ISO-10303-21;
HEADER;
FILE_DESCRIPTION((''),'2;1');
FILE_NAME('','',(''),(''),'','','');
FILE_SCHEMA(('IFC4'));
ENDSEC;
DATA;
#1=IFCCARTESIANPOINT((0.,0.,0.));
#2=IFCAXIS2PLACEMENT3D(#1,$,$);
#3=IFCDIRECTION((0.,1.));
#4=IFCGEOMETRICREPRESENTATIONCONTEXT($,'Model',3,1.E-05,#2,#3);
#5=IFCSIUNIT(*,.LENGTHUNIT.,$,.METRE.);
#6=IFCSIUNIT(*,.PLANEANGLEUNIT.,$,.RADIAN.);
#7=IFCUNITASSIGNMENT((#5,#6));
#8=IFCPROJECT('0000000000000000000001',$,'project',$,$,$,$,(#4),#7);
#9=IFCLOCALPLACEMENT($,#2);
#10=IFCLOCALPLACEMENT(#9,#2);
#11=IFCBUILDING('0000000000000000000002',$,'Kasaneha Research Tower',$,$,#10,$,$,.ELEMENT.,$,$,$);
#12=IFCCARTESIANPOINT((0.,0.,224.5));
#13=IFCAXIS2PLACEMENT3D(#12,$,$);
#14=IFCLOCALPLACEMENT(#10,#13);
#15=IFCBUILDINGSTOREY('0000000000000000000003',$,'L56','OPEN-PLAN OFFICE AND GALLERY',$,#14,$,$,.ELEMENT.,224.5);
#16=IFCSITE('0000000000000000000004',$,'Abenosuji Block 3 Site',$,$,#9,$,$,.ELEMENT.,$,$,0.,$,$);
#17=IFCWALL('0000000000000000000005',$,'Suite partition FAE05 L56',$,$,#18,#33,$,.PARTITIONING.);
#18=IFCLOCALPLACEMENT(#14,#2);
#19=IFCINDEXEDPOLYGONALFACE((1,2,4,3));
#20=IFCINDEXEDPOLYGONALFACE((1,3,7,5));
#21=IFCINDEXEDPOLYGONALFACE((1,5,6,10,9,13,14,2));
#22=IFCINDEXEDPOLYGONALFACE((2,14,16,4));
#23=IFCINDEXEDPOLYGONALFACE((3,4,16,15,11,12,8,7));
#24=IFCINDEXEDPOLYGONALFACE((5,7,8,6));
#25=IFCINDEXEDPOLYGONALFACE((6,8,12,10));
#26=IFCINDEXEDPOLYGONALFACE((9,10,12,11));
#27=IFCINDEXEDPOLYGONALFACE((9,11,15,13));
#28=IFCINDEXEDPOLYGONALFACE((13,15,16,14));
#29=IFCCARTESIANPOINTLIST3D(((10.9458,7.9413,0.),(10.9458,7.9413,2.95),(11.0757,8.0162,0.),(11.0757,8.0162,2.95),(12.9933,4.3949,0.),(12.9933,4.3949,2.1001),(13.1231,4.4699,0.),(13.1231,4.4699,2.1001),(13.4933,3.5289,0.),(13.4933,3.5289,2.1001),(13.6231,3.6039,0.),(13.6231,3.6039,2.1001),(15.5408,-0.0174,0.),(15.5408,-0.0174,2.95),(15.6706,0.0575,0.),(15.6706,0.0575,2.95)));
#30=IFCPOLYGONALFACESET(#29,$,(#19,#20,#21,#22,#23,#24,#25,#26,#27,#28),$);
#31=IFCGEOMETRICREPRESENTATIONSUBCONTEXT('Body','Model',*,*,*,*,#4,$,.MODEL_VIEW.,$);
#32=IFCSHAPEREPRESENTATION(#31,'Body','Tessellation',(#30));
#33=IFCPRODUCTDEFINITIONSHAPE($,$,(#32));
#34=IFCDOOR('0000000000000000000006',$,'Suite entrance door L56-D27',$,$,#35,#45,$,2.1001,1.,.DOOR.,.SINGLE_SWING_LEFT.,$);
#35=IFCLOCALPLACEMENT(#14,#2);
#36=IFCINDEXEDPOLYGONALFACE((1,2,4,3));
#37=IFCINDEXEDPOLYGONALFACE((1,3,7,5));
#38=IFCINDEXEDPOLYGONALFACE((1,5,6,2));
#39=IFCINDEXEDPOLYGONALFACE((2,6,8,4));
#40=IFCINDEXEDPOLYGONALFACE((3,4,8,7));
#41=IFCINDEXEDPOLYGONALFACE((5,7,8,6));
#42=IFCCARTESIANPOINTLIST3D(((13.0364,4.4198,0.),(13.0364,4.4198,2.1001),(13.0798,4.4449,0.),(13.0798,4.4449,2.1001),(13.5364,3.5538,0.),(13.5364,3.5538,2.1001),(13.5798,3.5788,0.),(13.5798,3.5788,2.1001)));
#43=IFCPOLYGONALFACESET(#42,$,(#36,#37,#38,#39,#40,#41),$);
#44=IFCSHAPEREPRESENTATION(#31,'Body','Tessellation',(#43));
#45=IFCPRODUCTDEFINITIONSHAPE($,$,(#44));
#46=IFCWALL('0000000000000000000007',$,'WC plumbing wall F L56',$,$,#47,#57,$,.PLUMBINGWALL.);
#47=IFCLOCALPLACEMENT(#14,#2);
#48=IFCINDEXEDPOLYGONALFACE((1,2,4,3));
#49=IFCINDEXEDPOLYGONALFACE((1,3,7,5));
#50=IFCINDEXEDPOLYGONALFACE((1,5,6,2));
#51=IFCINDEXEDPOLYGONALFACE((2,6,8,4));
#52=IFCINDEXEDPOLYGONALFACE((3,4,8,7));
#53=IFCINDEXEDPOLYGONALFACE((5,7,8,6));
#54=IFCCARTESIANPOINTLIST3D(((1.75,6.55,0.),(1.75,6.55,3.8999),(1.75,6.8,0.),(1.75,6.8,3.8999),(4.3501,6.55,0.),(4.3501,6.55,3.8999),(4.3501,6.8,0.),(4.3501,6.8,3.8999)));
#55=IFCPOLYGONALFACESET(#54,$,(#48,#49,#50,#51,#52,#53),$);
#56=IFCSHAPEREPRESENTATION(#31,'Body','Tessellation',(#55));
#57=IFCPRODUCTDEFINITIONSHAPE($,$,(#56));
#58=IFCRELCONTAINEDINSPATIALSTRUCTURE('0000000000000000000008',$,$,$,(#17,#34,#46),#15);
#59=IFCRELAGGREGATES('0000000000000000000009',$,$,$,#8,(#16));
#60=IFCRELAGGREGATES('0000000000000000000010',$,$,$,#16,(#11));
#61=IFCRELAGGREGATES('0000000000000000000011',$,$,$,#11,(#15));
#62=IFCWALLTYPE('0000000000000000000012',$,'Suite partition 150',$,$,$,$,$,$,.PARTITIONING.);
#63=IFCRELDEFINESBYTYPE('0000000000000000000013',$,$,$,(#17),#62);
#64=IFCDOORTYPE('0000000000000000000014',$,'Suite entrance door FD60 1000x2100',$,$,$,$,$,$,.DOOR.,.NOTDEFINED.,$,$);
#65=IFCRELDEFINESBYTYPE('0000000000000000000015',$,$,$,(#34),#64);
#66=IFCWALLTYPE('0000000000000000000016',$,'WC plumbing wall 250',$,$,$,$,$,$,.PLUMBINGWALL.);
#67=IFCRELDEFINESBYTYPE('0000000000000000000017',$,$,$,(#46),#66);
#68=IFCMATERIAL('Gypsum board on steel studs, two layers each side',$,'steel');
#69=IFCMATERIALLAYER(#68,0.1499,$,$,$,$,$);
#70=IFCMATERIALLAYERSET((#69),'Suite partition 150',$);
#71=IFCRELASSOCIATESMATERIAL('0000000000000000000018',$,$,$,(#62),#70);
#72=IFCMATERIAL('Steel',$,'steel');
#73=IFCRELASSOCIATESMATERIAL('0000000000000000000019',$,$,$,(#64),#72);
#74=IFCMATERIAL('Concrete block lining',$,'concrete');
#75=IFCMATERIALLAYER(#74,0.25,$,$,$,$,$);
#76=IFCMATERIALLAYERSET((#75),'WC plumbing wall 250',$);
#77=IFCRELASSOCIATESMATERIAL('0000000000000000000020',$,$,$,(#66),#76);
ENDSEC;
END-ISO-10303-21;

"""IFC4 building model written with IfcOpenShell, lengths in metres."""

from ifc_helpers import new_model, si_unit, direction, frame, frame_2d, origin, place, context, subcontext, project, spatial, rectangle, extrude, material, layer, layer_set, type_object, element, fill, save


model = new_model("IFC4")

# Units and contexts
model_context = context("Model", 3, precision=1e-05, world=origin(), true_north=direction((0.0, 1.0)))
body_context = subcontext(model_context, "Body", "Model", "MODEL_VIEW")
ifc_project = project(units=[si_unit("LENGTHUNIT", "METRE"), si_unit("PLANEANGLEUNIT", "RADIAN")], contexts=[model_context])

# Site, building, storey
site_placement = place(None, origin())
site = spatial("IfcSite", under=ifc_project, at=site_placement, Name="Abenosuji Block 3 Site", CompositionType="ELEMENT", RefElevation=0.0)
building_placement = place(site_placement, origin())
building = spatial("IfcBuilding", under=site, at=building_placement, Name="Kasaneha Research Tower", CompositionType="ELEMENT")
storey_placement = place(building_placement, frame((0.0, 0.0, 224.5)))
storey = spatial("IfcBuildingStorey", under=building, at=storey_placement, Name="L56", Description="OPEN-PLAN OFFICE AND GALLERY", CompositionType="ELEMENT", Elevation=224.5)

# Shared definitions
ifc_material_1 = material(Name="Gypsum board on steel studs, two layers each side", Category="steel")
ifc_layer_1 = layer(ifc_material_1, 0.1499)
ifc_layer_set_1 = layer_set([ifc_layer_1], Name="Suite partition 150")
wall_type_1 = type_object("IfcWallType", Name="Suite partition 150", PredefinedType="PARTITIONING", material=ifc_layer_set_1)

# Wall, opening, door
wall_1_placement = place(storey_placement, frame((11.0107, 7.9788, 0.0), z_axis=(0.0, 0.0, 1.0), x_axis=(0.499999, -0.866026, 0.0)))
wall_1 = element("IfcWall", 1, at=wall_1_placement, inside=storey, type_object=wall_type_1, Name="Suite partition FAE05 L56", PredefinedType="PARTITIONING", context=body_context, shape_type="SweptSolid", body=[
    extrude(rectangle(XDim=9.1899, YDim=0.1499, at=frame_2d((4.595, 0.0))), origin(), (0.0, 0.0, 1.0), 2.95),
])
opening_1_placement = place(wall_1_placement, frame((4.095, 0.0, 0.0)))
opening_1 = element("IfcOpeningElement", 2, at=opening_1_placement, cuts=wall_1, PredefinedType="OPENING", context=body_context, shape_type="SweptSolid", body=[
    extrude(rectangle(XDim=1.0, YDim=2.1001, at=frame_2d((0.5, 1.05))), frame((0.0, 0.085, 0.0), z_axis=(0.0, -1.0, 0.0), x_axis=(1.0, 0.0, 0.0)), (0.0, 0.0, 1.0), 0.1699),
])
ifc_material_2 = material(Name="Steel", Category="steel")
door_type_1 = type_object("IfcDoorType", Name="Suite entrance door FD60 1000x2100", OperationType="NOTDEFINED", PredefinedType="DOOR", material=ifc_material_2)
door_1_placement = place(opening_1_placement, origin())
door_1 = element("IfcDoor", 3, at=door_1_placement, inside=storey, type_object=door_type_1, Name="Suite entrance door L56-D27", OperationType="SINGLE_SWING_LEFT", OverallHeight=2.1001, OverallWidth=1.0, PredefinedType="DOOR", context=body_context, shape_type="SweptSolid", body=[
    extrude(rectangle(XDim=1.0, YDim=2.1001, at=frame_2d((0.5, 1.05))), frame((0.0, 0.0249, 0.0), z_axis=(0.0, -1.0, 0.0), x_axis=(1.0, 0.0, 0.0)), (0.0, 0.0, 1.0), 0.05),
])
fill(opening_1, door_1)

# Wall
ifc_material_3 = material(Name="Concrete block lining", Category="concrete")
ifc_layer_2 = layer(ifc_material_3, 0.25)
ifc_layer_set_2 = layer_set([ifc_layer_2], Name="WC plumbing wall 250")
wall_type_2 = type_object("IfcWallType", Name="WC plumbing wall 250", PredefinedType="PLUMBINGWALL", material=ifc_layer_set_2)
wall_2_placement = place(storey_placement, frame((1.75, 6.675, 0.0), z_axis=(0.0, 0.0, 1.0), x_axis=(1.0, 0.0, 0.0)))
element("IfcWall", 4, at=wall_2_placement, inside=storey, type_object=wall_type_2, Name="WC plumbing wall F L56", PredefinedType="PLUMBINGWALL", context=body_context, shape_type="SweptSolid", body=[
    extrude(rectangle(XDim=2.6001, YDim=0.25, at=frame_2d((1.3, 0.0))), origin(), (0.0, 0.0, 1.0), 3.8999),
])

save(model, "model.ifc")
